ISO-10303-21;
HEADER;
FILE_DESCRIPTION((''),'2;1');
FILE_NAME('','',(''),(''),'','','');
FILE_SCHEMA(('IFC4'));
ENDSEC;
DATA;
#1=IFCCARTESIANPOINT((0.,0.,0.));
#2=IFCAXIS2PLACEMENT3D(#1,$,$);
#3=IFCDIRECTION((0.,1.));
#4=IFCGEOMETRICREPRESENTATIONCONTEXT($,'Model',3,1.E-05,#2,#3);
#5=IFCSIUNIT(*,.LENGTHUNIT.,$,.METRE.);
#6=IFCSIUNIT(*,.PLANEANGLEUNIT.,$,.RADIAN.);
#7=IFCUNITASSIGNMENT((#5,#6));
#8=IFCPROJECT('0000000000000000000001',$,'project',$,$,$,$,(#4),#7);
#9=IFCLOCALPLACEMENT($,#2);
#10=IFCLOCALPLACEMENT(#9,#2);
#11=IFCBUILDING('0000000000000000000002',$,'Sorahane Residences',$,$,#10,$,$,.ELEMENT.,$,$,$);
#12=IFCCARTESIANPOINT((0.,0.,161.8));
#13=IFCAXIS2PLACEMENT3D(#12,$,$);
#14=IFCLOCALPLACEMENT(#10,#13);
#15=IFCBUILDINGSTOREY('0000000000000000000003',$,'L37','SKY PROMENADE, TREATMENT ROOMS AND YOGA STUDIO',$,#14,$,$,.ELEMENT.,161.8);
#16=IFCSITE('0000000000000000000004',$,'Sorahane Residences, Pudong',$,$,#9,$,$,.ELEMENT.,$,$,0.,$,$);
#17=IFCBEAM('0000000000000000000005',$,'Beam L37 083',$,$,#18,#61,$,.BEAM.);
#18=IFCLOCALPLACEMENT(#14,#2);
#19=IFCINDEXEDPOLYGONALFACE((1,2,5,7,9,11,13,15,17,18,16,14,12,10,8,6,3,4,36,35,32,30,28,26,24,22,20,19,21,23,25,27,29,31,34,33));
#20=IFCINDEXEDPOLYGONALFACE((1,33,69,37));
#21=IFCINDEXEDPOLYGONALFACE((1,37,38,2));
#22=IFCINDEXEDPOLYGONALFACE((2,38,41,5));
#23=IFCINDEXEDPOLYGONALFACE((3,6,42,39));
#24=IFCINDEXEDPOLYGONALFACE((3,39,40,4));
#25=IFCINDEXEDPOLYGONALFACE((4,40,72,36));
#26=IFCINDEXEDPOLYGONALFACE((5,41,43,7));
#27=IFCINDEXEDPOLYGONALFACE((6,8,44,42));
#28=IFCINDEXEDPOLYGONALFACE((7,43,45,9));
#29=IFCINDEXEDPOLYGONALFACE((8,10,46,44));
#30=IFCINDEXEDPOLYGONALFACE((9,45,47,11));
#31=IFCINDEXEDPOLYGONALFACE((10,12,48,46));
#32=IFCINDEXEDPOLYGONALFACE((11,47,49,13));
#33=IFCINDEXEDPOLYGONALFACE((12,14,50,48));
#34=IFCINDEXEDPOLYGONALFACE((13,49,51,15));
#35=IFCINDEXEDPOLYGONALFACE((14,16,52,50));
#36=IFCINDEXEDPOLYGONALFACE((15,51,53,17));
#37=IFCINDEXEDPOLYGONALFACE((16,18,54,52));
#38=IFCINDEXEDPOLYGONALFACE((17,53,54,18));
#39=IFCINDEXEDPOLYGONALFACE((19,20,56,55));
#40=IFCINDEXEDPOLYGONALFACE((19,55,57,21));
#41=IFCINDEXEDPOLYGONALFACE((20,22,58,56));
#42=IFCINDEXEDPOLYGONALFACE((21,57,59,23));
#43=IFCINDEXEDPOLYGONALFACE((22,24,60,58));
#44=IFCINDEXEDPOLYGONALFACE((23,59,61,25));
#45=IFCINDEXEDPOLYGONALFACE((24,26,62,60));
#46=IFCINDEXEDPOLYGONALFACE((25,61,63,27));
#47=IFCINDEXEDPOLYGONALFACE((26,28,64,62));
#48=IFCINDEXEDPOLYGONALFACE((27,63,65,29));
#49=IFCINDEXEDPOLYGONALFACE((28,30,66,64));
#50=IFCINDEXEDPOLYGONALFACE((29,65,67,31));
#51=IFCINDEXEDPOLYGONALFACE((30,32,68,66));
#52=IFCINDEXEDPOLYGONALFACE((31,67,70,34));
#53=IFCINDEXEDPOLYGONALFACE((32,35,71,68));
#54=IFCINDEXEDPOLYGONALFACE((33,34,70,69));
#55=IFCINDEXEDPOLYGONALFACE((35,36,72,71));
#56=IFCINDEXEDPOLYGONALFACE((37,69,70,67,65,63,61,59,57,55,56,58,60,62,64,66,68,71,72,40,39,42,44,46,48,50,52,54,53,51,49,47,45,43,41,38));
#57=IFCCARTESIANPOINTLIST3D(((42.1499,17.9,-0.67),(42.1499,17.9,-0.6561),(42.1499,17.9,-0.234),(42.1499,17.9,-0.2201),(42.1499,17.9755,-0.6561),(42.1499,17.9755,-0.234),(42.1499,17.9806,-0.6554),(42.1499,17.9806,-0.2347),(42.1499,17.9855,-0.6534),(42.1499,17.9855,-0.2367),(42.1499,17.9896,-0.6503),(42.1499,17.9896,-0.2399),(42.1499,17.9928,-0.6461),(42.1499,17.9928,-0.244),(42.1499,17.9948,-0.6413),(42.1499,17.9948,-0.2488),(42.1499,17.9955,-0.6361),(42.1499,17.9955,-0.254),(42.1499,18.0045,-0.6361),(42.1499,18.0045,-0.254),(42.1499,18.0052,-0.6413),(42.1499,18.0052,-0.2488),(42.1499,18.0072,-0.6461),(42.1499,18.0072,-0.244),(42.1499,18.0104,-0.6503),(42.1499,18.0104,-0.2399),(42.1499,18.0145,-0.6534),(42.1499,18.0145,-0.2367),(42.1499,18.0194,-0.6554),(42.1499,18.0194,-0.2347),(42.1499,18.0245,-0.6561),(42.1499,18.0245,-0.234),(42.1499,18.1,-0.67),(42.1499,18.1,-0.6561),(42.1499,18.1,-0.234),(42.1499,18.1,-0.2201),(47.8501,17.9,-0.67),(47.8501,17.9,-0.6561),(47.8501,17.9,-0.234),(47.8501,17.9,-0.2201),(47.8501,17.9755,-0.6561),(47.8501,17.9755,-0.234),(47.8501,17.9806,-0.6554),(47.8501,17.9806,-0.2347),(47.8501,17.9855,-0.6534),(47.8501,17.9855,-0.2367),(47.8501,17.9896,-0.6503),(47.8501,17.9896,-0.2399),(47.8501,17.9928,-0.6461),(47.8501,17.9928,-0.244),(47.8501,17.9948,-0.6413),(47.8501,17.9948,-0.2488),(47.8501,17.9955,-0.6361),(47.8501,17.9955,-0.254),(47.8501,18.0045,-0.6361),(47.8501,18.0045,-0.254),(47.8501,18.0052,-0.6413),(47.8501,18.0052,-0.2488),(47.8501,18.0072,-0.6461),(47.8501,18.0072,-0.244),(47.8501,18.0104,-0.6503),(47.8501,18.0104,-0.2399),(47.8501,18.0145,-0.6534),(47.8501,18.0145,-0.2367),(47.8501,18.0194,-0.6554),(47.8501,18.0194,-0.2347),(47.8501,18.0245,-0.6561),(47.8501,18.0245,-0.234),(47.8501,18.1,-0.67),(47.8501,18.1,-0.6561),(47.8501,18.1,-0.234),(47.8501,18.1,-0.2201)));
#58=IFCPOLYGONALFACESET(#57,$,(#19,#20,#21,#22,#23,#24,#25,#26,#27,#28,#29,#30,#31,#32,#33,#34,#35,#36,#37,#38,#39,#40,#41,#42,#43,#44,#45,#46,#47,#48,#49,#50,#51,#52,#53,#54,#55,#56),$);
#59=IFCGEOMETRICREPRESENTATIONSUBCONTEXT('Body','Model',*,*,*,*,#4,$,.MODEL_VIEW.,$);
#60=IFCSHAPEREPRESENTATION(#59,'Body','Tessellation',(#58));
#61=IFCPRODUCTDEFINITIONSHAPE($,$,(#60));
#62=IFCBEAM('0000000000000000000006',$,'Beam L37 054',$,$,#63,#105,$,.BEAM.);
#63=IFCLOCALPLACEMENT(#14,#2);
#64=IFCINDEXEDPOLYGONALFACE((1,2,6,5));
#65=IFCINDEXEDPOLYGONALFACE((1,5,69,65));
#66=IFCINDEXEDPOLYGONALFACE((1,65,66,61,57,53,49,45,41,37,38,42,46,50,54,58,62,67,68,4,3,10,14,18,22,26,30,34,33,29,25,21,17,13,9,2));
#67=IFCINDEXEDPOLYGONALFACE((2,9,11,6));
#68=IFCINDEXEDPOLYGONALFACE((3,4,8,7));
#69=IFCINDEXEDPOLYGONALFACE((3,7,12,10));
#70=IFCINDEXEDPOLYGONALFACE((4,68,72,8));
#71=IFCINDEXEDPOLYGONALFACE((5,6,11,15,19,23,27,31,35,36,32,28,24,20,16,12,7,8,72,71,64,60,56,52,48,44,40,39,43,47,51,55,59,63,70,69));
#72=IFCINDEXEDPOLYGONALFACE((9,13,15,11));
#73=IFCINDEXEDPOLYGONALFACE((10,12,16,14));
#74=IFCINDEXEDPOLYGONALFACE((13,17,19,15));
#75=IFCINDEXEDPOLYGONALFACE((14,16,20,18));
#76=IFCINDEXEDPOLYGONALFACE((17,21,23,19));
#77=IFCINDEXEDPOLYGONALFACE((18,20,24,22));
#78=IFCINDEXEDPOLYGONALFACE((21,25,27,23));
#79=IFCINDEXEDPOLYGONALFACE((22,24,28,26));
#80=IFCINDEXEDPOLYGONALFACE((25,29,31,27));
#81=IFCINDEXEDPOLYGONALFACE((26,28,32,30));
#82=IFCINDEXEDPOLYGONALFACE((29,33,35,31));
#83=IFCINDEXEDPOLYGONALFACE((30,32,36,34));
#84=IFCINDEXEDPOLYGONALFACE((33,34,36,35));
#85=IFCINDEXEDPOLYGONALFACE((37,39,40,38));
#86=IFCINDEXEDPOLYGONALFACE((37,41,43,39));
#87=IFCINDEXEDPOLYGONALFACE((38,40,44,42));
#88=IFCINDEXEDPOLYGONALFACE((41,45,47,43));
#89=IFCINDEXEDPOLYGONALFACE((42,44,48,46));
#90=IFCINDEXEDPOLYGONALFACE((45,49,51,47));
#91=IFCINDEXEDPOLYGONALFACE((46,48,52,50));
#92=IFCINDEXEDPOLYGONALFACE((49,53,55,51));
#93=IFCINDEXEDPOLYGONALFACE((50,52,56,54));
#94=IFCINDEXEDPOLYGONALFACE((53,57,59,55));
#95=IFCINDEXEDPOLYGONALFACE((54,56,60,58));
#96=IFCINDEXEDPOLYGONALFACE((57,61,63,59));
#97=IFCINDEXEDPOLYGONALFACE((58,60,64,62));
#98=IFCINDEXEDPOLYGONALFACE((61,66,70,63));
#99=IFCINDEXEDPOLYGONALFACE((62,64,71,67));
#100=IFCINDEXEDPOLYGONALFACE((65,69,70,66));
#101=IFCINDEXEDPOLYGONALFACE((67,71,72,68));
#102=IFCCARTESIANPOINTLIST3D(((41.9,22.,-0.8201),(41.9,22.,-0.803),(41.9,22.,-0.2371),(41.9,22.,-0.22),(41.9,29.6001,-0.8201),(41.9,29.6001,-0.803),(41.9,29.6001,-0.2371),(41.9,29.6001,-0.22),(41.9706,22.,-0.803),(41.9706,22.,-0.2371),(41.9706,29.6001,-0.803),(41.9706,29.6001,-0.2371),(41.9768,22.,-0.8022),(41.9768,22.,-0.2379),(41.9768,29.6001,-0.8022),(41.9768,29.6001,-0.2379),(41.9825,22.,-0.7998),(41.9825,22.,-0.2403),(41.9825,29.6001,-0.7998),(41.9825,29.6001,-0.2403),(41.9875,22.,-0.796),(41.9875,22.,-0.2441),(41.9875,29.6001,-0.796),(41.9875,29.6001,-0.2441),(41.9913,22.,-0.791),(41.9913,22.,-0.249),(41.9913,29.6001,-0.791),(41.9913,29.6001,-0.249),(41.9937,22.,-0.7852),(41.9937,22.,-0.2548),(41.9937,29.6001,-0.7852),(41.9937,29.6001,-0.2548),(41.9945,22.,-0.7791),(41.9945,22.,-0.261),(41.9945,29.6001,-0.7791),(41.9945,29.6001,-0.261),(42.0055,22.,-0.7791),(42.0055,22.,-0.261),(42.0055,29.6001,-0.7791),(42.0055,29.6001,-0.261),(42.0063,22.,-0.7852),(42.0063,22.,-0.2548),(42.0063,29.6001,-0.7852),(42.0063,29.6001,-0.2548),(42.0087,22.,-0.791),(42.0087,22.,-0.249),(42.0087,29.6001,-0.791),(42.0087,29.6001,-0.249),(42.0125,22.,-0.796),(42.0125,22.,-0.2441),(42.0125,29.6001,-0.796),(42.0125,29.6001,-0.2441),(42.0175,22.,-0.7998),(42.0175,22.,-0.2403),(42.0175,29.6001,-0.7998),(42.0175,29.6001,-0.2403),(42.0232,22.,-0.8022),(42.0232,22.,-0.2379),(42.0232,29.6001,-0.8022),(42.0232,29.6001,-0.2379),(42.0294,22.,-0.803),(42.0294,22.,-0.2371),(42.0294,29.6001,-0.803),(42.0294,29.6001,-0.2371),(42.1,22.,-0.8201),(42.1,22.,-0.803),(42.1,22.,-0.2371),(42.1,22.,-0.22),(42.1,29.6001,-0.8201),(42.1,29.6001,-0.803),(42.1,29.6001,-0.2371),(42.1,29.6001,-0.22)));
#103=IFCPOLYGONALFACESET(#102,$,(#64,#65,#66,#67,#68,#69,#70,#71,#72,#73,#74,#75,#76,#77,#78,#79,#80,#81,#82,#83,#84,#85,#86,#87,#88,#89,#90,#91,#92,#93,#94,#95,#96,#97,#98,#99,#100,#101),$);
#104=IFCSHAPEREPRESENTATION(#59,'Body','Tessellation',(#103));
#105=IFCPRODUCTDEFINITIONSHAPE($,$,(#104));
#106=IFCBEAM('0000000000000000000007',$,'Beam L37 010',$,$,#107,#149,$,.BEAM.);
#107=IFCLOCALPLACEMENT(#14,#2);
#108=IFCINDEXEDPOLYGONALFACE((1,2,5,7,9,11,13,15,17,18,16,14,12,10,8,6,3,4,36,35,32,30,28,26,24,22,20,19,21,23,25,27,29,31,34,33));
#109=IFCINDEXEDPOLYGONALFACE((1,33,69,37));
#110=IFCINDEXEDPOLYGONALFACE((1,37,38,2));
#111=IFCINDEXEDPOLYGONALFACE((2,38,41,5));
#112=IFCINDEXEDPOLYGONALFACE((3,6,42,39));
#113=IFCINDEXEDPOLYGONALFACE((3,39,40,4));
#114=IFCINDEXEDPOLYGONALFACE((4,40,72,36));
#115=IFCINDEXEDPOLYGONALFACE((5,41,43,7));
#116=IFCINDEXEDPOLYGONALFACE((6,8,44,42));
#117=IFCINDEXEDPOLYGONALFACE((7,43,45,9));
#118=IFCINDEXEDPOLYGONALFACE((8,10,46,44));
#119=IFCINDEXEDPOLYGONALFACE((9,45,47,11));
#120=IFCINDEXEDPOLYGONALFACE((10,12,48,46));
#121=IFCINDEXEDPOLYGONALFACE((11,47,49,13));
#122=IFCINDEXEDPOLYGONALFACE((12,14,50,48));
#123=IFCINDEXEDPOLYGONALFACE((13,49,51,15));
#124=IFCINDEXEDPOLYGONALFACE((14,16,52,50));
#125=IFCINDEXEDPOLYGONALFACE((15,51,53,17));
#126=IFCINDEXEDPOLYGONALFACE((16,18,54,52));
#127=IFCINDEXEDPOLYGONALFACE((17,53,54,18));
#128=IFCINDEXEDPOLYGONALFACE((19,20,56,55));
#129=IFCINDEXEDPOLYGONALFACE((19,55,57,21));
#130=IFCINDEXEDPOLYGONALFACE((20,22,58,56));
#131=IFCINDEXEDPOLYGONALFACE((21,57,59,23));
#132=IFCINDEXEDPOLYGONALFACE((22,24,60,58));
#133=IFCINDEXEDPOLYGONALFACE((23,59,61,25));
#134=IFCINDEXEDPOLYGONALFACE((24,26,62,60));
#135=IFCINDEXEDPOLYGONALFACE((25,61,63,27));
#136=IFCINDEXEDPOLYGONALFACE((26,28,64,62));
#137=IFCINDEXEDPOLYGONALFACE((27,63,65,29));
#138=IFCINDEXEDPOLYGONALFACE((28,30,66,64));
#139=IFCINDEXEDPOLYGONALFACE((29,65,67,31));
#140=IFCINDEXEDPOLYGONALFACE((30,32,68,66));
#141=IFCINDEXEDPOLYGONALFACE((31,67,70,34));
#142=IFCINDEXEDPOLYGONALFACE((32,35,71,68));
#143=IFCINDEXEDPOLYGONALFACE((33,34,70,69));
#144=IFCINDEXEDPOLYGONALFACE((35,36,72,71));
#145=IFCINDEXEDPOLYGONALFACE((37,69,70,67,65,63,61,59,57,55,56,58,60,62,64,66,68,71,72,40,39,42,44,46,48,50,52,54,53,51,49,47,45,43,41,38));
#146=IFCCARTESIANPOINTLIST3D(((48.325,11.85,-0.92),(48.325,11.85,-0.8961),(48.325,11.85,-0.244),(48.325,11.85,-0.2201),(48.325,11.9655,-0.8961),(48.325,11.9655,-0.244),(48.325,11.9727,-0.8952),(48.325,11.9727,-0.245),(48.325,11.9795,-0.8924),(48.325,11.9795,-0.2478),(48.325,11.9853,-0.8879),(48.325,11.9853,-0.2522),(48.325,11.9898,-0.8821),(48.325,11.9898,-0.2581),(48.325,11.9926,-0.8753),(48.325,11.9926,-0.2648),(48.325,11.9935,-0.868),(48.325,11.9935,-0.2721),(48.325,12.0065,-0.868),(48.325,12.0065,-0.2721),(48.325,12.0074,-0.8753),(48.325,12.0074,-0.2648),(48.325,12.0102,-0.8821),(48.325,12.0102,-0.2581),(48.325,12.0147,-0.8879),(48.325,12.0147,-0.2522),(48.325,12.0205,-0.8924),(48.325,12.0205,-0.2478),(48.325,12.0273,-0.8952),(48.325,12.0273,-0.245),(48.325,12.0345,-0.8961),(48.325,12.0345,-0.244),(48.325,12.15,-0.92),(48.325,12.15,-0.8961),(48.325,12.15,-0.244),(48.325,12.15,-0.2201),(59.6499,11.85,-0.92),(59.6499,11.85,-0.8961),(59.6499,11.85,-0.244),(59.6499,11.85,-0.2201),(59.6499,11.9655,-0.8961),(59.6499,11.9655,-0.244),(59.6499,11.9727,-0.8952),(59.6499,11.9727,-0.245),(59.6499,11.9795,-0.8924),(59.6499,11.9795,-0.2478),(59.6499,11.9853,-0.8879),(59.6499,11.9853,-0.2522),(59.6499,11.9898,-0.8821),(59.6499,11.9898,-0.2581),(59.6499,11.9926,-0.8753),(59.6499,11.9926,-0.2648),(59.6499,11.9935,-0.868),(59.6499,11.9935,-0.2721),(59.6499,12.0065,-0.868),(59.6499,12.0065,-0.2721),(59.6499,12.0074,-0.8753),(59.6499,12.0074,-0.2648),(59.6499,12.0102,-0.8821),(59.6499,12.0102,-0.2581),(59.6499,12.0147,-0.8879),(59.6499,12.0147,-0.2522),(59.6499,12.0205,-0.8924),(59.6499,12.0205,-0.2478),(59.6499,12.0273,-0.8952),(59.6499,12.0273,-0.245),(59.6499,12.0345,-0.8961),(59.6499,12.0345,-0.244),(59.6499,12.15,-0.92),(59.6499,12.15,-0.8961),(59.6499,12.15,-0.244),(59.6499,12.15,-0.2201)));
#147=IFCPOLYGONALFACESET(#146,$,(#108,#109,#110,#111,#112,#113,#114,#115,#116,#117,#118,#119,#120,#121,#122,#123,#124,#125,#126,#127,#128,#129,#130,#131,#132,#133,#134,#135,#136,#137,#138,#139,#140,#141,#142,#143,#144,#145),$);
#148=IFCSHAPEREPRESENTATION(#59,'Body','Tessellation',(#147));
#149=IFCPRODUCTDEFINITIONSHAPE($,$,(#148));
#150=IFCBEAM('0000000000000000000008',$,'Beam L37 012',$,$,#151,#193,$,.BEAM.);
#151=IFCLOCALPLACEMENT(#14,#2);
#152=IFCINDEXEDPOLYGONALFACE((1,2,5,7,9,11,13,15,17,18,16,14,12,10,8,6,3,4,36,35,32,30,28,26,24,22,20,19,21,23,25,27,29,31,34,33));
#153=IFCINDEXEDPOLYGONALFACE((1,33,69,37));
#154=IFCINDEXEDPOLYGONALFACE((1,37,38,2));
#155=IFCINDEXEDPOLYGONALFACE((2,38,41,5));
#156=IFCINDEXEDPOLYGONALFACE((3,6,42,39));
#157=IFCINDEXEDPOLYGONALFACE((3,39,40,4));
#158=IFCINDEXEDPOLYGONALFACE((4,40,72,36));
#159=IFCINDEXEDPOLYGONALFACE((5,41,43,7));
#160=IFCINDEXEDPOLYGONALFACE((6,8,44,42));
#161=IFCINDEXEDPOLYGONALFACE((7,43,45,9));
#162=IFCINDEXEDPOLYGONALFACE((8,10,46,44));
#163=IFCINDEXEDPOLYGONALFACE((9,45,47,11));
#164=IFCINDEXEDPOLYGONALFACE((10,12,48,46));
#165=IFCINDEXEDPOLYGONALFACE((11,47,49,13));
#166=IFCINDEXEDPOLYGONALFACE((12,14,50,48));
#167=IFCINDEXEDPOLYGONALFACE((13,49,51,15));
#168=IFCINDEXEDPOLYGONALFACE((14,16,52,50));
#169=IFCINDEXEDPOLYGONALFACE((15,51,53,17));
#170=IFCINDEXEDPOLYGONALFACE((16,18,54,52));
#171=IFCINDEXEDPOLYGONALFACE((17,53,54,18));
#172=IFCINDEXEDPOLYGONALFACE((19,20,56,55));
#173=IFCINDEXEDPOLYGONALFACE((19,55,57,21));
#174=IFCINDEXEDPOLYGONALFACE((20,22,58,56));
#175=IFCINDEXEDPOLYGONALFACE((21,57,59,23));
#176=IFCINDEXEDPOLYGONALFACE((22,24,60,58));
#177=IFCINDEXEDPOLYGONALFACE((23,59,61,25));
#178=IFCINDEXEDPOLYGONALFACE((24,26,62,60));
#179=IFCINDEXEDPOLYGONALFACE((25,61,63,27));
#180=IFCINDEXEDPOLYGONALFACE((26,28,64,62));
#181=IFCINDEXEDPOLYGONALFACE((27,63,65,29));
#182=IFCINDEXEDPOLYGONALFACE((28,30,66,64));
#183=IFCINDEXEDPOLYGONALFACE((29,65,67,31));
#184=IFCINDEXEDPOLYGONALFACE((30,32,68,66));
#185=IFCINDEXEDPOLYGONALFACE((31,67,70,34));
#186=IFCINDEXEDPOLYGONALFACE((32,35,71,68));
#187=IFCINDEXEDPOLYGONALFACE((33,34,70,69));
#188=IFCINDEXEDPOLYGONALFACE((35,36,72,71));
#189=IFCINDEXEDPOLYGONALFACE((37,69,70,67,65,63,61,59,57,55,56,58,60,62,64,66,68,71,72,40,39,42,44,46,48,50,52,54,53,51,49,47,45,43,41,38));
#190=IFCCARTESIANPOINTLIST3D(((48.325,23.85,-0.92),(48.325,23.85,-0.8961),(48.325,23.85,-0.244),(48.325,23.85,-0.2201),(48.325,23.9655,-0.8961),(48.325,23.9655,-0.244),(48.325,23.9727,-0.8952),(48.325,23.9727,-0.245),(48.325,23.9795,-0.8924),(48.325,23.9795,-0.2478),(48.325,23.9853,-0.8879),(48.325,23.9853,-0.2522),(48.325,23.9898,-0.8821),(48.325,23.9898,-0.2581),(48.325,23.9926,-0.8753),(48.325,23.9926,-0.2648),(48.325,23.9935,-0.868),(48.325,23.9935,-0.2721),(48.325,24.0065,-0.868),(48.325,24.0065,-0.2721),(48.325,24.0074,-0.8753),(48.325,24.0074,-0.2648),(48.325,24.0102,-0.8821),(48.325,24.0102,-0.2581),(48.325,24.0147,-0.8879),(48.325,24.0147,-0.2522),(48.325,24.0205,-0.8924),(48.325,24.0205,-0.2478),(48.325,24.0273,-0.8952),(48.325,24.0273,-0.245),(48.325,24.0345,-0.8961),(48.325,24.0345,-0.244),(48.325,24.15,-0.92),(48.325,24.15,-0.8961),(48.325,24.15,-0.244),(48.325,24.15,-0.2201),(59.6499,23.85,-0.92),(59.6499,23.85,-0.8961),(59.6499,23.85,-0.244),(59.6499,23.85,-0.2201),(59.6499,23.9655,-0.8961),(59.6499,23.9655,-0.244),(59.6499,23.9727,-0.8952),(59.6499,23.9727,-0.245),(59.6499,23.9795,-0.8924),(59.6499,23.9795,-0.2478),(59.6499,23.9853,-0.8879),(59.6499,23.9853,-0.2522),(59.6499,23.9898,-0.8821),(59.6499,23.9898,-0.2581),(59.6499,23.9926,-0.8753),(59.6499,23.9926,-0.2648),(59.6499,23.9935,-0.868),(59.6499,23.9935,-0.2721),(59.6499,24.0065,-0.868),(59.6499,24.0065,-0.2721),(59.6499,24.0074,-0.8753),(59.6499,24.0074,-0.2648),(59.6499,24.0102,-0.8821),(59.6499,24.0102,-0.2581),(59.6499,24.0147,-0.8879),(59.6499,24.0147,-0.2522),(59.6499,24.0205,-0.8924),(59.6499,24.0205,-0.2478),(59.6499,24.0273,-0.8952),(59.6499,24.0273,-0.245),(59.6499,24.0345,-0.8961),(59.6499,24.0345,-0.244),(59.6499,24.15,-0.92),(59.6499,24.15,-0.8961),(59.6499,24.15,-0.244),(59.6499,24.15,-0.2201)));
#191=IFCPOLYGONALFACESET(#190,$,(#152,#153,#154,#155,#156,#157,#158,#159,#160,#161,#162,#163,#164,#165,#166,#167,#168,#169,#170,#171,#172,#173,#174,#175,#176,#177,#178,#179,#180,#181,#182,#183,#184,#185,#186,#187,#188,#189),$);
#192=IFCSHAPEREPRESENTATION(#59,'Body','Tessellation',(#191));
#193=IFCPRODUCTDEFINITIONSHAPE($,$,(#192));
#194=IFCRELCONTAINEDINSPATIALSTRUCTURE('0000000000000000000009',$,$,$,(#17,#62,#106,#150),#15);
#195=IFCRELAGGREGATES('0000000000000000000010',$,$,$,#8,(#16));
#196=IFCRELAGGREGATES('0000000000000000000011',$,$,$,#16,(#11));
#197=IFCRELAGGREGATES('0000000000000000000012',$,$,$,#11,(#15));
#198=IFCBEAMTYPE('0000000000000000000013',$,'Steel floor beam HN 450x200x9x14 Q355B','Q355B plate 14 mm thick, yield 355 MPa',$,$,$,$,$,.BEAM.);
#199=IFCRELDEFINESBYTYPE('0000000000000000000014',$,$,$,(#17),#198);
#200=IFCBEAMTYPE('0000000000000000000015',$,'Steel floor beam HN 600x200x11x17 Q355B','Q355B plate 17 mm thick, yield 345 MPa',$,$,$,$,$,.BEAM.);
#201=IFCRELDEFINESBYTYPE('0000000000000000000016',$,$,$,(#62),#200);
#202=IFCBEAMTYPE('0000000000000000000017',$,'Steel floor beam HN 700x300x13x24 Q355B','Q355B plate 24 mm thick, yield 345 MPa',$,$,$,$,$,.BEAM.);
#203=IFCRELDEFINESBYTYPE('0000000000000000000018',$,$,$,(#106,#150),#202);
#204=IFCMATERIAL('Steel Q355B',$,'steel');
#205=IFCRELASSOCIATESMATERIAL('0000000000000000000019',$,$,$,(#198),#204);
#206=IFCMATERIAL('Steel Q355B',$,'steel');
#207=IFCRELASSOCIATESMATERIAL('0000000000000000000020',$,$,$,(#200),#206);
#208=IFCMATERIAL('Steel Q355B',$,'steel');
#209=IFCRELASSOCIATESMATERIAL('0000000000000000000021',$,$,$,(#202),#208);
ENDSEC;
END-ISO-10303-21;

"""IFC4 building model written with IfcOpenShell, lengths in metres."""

from ifc_helpers import new_model, si_unit, direction, frame, origin, origin_2d, place, context, subcontext, project, spatial, i_section, extrude, material, material_profile, profile_set, type_object, element, save


model = new_model("IFC4")

# Units and contexts
model_context = context("Model", 3, precision=1e-05, world=origin(), true_north=direction((0.0, 1.0)))
body_context = subcontext(model_context, "Body", "Model", "MODEL_VIEW")
ifc_project = project(units=[si_unit("LENGTHUNIT", "METRE"), si_unit("PLANEANGLEUNIT", "RADIAN")], contexts=[model_context])

# Site, building, storey
site_placement = place(None, origin())
site = spatial("IfcSite", under=ifc_project, at=site_placement, Name="Sorahane Residences, Pudong", CompositionType="ELEMENT", RefElevation=0.0)
building_placement = place(site_placement, origin())
building = spatial("IfcBuilding", under=site, at=building_placement, Name="Sorahane Residences", CompositionType="ELEMENT")
storey_placement = place(building_placement, frame((0.0, 0.0, 161.8)))
storey = spatial("IfcBuildingStorey", under=building, at=storey_placement, Name="L37", Description="SKY PROMENADE, TREATMENT ROOMS AND YOGA STUDIO", CompositionType="ELEMENT", Elevation=161.8)

# Beams
ifc_material_1 = material(Name="Steel Q355B", Category="steel")
ifc_material_profile_1 = material_profile(ifc_material_1, i_section(OverallWidth=0.2, OverallDepth=0.45, WebThickness=0.009, FlangeThickness=0.0139, FilletRadius=0.02, at=origin_2d()), Name="HN 450x200x9x14")
ifc_profile_set_1 = profile_set([ifc_material_profile_1], Name="Steel Q355B")
beam_type_1 = type_object("IfcBeamType", Name="Steel floor beam HN 450x200x9x14 Q355B", Description="Q355B plate 14 mm thick, yield 355 MPa", PredefinedType="BEAM", material=ifc_profile_set_1)
beam_1_placement = place(storey_placement, frame((42.1499, 18.0, -0.4451), z_axis=(1.0, 0.0, 0.0), x_axis=(0.0, 1.0, 0.0)))
element("IfcBeam", 1, at=beam_1_placement, inside=storey, type_object=beam_type_1, Name="Beam L37 083", PredefinedType="BEAM", context=body_context, shape_type="SweptSolid", body=[
    extrude(i_section(OverallWidth=0.2, OverallDepth=0.45, WebThickness=0.009, FlangeThickness=0.0139, FilletRadius=0.02, at=origin_2d()), origin(), (0.0, 0.0, 1.0), 5.7002),
])
ifc_material_2 = material(Name="Steel Q355B", Category="steel")
ifc_material_profile_2 = material_profile(ifc_material_2, i_section(OverallWidth=0.2, OverallDepth=0.6001, WebThickness=0.011, FlangeThickness=0.0171, FilletRadius=0.0239, at=origin_2d()), Name="HN 600x200x11x17")
ifc_profile_set_2 = profile_set([ifc_material_profile_2], Name="Steel Q355B")
beam_type_2 = type_object("IfcBeamType", Name="Steel floor beam HN 600x200x11x17 Q355B", Description="Q355B plate 17 mm thick, yield 345 MPa", PredefinedType="BEAM", material=ifc_profile_set_2)
beam_2_placement = place(storey_placement, frame((42.0, 22.0, -0.52), z_axis=(0.0, 1.0, 0.0), x_axis=(-1.0, 0.0, 0.0)))
element("IfcBeam", 2, at=beam_2_placement, inside=storey, type_object=beam_type_2, Name="Beam L37 054", PredefinedType="BEAM", context=body_context, shape_type="SweptSolid", body=[
    extrude(i_section(OverallWidth=0.2, OverallDepth=0.6001, WebThickness=0.011, FlangeThickness=0.0171, FilletRadius=0.0239, at=origin_2d()), origin(), (0.0, 0.0, 1.0), 7.6001),
])
ifc_material_3 = material(Name="Steel Q355B", Category="steel")
ifc_material_profile_3 = material_profile(ifc_material_3, i_section(OverallWidth=0.3, OverallDepth=0.7, WebThickness=0.0129, FlangeThickness=0.0239, FilletRadius=0.0281, at=origin_2d()), Name="HN 700x300x13x24")
ifc_profile_set_3 = profile_set([ifc_material_profile_3], Name="Steel Q355B")
beam_type_3 = type_object("IfcBeamType", Name="Steel floor beam HN 700x300x13x24 Q355B", Description="Q355B plate 24 mm thick, yield 345 MPa", PredefinedType="BEAM", material=ifc_profile_set_3)
for number, where, z_axis, x_axis, name in (
    (3, (48.325, 12.0, -0.5701), (1.0, 0.0, 0.0), (0.0, 1.0, 0.0), "Beam L37 010"),
    (4, (48.325, 24.0, -0.5701), (1.0, 0.0, 0.0), (0.0, 1.0, 0.0), "Beam L37 012"),
):
    element("IfcBeam", number, at=place(storey_placement, frame(where, z_axis=z_axis, x_axis=x_axis)), inside=storey, type_object=beam_type_3, Name=name, PredefinedType="BEAM", context=body_context, shape_type="SweptSolid", body=[
        extrude(i_section(OverallWidth=0.3, OverallDepth=0.7, WebThickness=0.0129, FlangeThickness=0.0239, FilletRadius=0.0281, at=origin_2d()), origin(), (0.0, 0.0, 1.0), 11.325),
    ])

save(model, "model.ifc")
